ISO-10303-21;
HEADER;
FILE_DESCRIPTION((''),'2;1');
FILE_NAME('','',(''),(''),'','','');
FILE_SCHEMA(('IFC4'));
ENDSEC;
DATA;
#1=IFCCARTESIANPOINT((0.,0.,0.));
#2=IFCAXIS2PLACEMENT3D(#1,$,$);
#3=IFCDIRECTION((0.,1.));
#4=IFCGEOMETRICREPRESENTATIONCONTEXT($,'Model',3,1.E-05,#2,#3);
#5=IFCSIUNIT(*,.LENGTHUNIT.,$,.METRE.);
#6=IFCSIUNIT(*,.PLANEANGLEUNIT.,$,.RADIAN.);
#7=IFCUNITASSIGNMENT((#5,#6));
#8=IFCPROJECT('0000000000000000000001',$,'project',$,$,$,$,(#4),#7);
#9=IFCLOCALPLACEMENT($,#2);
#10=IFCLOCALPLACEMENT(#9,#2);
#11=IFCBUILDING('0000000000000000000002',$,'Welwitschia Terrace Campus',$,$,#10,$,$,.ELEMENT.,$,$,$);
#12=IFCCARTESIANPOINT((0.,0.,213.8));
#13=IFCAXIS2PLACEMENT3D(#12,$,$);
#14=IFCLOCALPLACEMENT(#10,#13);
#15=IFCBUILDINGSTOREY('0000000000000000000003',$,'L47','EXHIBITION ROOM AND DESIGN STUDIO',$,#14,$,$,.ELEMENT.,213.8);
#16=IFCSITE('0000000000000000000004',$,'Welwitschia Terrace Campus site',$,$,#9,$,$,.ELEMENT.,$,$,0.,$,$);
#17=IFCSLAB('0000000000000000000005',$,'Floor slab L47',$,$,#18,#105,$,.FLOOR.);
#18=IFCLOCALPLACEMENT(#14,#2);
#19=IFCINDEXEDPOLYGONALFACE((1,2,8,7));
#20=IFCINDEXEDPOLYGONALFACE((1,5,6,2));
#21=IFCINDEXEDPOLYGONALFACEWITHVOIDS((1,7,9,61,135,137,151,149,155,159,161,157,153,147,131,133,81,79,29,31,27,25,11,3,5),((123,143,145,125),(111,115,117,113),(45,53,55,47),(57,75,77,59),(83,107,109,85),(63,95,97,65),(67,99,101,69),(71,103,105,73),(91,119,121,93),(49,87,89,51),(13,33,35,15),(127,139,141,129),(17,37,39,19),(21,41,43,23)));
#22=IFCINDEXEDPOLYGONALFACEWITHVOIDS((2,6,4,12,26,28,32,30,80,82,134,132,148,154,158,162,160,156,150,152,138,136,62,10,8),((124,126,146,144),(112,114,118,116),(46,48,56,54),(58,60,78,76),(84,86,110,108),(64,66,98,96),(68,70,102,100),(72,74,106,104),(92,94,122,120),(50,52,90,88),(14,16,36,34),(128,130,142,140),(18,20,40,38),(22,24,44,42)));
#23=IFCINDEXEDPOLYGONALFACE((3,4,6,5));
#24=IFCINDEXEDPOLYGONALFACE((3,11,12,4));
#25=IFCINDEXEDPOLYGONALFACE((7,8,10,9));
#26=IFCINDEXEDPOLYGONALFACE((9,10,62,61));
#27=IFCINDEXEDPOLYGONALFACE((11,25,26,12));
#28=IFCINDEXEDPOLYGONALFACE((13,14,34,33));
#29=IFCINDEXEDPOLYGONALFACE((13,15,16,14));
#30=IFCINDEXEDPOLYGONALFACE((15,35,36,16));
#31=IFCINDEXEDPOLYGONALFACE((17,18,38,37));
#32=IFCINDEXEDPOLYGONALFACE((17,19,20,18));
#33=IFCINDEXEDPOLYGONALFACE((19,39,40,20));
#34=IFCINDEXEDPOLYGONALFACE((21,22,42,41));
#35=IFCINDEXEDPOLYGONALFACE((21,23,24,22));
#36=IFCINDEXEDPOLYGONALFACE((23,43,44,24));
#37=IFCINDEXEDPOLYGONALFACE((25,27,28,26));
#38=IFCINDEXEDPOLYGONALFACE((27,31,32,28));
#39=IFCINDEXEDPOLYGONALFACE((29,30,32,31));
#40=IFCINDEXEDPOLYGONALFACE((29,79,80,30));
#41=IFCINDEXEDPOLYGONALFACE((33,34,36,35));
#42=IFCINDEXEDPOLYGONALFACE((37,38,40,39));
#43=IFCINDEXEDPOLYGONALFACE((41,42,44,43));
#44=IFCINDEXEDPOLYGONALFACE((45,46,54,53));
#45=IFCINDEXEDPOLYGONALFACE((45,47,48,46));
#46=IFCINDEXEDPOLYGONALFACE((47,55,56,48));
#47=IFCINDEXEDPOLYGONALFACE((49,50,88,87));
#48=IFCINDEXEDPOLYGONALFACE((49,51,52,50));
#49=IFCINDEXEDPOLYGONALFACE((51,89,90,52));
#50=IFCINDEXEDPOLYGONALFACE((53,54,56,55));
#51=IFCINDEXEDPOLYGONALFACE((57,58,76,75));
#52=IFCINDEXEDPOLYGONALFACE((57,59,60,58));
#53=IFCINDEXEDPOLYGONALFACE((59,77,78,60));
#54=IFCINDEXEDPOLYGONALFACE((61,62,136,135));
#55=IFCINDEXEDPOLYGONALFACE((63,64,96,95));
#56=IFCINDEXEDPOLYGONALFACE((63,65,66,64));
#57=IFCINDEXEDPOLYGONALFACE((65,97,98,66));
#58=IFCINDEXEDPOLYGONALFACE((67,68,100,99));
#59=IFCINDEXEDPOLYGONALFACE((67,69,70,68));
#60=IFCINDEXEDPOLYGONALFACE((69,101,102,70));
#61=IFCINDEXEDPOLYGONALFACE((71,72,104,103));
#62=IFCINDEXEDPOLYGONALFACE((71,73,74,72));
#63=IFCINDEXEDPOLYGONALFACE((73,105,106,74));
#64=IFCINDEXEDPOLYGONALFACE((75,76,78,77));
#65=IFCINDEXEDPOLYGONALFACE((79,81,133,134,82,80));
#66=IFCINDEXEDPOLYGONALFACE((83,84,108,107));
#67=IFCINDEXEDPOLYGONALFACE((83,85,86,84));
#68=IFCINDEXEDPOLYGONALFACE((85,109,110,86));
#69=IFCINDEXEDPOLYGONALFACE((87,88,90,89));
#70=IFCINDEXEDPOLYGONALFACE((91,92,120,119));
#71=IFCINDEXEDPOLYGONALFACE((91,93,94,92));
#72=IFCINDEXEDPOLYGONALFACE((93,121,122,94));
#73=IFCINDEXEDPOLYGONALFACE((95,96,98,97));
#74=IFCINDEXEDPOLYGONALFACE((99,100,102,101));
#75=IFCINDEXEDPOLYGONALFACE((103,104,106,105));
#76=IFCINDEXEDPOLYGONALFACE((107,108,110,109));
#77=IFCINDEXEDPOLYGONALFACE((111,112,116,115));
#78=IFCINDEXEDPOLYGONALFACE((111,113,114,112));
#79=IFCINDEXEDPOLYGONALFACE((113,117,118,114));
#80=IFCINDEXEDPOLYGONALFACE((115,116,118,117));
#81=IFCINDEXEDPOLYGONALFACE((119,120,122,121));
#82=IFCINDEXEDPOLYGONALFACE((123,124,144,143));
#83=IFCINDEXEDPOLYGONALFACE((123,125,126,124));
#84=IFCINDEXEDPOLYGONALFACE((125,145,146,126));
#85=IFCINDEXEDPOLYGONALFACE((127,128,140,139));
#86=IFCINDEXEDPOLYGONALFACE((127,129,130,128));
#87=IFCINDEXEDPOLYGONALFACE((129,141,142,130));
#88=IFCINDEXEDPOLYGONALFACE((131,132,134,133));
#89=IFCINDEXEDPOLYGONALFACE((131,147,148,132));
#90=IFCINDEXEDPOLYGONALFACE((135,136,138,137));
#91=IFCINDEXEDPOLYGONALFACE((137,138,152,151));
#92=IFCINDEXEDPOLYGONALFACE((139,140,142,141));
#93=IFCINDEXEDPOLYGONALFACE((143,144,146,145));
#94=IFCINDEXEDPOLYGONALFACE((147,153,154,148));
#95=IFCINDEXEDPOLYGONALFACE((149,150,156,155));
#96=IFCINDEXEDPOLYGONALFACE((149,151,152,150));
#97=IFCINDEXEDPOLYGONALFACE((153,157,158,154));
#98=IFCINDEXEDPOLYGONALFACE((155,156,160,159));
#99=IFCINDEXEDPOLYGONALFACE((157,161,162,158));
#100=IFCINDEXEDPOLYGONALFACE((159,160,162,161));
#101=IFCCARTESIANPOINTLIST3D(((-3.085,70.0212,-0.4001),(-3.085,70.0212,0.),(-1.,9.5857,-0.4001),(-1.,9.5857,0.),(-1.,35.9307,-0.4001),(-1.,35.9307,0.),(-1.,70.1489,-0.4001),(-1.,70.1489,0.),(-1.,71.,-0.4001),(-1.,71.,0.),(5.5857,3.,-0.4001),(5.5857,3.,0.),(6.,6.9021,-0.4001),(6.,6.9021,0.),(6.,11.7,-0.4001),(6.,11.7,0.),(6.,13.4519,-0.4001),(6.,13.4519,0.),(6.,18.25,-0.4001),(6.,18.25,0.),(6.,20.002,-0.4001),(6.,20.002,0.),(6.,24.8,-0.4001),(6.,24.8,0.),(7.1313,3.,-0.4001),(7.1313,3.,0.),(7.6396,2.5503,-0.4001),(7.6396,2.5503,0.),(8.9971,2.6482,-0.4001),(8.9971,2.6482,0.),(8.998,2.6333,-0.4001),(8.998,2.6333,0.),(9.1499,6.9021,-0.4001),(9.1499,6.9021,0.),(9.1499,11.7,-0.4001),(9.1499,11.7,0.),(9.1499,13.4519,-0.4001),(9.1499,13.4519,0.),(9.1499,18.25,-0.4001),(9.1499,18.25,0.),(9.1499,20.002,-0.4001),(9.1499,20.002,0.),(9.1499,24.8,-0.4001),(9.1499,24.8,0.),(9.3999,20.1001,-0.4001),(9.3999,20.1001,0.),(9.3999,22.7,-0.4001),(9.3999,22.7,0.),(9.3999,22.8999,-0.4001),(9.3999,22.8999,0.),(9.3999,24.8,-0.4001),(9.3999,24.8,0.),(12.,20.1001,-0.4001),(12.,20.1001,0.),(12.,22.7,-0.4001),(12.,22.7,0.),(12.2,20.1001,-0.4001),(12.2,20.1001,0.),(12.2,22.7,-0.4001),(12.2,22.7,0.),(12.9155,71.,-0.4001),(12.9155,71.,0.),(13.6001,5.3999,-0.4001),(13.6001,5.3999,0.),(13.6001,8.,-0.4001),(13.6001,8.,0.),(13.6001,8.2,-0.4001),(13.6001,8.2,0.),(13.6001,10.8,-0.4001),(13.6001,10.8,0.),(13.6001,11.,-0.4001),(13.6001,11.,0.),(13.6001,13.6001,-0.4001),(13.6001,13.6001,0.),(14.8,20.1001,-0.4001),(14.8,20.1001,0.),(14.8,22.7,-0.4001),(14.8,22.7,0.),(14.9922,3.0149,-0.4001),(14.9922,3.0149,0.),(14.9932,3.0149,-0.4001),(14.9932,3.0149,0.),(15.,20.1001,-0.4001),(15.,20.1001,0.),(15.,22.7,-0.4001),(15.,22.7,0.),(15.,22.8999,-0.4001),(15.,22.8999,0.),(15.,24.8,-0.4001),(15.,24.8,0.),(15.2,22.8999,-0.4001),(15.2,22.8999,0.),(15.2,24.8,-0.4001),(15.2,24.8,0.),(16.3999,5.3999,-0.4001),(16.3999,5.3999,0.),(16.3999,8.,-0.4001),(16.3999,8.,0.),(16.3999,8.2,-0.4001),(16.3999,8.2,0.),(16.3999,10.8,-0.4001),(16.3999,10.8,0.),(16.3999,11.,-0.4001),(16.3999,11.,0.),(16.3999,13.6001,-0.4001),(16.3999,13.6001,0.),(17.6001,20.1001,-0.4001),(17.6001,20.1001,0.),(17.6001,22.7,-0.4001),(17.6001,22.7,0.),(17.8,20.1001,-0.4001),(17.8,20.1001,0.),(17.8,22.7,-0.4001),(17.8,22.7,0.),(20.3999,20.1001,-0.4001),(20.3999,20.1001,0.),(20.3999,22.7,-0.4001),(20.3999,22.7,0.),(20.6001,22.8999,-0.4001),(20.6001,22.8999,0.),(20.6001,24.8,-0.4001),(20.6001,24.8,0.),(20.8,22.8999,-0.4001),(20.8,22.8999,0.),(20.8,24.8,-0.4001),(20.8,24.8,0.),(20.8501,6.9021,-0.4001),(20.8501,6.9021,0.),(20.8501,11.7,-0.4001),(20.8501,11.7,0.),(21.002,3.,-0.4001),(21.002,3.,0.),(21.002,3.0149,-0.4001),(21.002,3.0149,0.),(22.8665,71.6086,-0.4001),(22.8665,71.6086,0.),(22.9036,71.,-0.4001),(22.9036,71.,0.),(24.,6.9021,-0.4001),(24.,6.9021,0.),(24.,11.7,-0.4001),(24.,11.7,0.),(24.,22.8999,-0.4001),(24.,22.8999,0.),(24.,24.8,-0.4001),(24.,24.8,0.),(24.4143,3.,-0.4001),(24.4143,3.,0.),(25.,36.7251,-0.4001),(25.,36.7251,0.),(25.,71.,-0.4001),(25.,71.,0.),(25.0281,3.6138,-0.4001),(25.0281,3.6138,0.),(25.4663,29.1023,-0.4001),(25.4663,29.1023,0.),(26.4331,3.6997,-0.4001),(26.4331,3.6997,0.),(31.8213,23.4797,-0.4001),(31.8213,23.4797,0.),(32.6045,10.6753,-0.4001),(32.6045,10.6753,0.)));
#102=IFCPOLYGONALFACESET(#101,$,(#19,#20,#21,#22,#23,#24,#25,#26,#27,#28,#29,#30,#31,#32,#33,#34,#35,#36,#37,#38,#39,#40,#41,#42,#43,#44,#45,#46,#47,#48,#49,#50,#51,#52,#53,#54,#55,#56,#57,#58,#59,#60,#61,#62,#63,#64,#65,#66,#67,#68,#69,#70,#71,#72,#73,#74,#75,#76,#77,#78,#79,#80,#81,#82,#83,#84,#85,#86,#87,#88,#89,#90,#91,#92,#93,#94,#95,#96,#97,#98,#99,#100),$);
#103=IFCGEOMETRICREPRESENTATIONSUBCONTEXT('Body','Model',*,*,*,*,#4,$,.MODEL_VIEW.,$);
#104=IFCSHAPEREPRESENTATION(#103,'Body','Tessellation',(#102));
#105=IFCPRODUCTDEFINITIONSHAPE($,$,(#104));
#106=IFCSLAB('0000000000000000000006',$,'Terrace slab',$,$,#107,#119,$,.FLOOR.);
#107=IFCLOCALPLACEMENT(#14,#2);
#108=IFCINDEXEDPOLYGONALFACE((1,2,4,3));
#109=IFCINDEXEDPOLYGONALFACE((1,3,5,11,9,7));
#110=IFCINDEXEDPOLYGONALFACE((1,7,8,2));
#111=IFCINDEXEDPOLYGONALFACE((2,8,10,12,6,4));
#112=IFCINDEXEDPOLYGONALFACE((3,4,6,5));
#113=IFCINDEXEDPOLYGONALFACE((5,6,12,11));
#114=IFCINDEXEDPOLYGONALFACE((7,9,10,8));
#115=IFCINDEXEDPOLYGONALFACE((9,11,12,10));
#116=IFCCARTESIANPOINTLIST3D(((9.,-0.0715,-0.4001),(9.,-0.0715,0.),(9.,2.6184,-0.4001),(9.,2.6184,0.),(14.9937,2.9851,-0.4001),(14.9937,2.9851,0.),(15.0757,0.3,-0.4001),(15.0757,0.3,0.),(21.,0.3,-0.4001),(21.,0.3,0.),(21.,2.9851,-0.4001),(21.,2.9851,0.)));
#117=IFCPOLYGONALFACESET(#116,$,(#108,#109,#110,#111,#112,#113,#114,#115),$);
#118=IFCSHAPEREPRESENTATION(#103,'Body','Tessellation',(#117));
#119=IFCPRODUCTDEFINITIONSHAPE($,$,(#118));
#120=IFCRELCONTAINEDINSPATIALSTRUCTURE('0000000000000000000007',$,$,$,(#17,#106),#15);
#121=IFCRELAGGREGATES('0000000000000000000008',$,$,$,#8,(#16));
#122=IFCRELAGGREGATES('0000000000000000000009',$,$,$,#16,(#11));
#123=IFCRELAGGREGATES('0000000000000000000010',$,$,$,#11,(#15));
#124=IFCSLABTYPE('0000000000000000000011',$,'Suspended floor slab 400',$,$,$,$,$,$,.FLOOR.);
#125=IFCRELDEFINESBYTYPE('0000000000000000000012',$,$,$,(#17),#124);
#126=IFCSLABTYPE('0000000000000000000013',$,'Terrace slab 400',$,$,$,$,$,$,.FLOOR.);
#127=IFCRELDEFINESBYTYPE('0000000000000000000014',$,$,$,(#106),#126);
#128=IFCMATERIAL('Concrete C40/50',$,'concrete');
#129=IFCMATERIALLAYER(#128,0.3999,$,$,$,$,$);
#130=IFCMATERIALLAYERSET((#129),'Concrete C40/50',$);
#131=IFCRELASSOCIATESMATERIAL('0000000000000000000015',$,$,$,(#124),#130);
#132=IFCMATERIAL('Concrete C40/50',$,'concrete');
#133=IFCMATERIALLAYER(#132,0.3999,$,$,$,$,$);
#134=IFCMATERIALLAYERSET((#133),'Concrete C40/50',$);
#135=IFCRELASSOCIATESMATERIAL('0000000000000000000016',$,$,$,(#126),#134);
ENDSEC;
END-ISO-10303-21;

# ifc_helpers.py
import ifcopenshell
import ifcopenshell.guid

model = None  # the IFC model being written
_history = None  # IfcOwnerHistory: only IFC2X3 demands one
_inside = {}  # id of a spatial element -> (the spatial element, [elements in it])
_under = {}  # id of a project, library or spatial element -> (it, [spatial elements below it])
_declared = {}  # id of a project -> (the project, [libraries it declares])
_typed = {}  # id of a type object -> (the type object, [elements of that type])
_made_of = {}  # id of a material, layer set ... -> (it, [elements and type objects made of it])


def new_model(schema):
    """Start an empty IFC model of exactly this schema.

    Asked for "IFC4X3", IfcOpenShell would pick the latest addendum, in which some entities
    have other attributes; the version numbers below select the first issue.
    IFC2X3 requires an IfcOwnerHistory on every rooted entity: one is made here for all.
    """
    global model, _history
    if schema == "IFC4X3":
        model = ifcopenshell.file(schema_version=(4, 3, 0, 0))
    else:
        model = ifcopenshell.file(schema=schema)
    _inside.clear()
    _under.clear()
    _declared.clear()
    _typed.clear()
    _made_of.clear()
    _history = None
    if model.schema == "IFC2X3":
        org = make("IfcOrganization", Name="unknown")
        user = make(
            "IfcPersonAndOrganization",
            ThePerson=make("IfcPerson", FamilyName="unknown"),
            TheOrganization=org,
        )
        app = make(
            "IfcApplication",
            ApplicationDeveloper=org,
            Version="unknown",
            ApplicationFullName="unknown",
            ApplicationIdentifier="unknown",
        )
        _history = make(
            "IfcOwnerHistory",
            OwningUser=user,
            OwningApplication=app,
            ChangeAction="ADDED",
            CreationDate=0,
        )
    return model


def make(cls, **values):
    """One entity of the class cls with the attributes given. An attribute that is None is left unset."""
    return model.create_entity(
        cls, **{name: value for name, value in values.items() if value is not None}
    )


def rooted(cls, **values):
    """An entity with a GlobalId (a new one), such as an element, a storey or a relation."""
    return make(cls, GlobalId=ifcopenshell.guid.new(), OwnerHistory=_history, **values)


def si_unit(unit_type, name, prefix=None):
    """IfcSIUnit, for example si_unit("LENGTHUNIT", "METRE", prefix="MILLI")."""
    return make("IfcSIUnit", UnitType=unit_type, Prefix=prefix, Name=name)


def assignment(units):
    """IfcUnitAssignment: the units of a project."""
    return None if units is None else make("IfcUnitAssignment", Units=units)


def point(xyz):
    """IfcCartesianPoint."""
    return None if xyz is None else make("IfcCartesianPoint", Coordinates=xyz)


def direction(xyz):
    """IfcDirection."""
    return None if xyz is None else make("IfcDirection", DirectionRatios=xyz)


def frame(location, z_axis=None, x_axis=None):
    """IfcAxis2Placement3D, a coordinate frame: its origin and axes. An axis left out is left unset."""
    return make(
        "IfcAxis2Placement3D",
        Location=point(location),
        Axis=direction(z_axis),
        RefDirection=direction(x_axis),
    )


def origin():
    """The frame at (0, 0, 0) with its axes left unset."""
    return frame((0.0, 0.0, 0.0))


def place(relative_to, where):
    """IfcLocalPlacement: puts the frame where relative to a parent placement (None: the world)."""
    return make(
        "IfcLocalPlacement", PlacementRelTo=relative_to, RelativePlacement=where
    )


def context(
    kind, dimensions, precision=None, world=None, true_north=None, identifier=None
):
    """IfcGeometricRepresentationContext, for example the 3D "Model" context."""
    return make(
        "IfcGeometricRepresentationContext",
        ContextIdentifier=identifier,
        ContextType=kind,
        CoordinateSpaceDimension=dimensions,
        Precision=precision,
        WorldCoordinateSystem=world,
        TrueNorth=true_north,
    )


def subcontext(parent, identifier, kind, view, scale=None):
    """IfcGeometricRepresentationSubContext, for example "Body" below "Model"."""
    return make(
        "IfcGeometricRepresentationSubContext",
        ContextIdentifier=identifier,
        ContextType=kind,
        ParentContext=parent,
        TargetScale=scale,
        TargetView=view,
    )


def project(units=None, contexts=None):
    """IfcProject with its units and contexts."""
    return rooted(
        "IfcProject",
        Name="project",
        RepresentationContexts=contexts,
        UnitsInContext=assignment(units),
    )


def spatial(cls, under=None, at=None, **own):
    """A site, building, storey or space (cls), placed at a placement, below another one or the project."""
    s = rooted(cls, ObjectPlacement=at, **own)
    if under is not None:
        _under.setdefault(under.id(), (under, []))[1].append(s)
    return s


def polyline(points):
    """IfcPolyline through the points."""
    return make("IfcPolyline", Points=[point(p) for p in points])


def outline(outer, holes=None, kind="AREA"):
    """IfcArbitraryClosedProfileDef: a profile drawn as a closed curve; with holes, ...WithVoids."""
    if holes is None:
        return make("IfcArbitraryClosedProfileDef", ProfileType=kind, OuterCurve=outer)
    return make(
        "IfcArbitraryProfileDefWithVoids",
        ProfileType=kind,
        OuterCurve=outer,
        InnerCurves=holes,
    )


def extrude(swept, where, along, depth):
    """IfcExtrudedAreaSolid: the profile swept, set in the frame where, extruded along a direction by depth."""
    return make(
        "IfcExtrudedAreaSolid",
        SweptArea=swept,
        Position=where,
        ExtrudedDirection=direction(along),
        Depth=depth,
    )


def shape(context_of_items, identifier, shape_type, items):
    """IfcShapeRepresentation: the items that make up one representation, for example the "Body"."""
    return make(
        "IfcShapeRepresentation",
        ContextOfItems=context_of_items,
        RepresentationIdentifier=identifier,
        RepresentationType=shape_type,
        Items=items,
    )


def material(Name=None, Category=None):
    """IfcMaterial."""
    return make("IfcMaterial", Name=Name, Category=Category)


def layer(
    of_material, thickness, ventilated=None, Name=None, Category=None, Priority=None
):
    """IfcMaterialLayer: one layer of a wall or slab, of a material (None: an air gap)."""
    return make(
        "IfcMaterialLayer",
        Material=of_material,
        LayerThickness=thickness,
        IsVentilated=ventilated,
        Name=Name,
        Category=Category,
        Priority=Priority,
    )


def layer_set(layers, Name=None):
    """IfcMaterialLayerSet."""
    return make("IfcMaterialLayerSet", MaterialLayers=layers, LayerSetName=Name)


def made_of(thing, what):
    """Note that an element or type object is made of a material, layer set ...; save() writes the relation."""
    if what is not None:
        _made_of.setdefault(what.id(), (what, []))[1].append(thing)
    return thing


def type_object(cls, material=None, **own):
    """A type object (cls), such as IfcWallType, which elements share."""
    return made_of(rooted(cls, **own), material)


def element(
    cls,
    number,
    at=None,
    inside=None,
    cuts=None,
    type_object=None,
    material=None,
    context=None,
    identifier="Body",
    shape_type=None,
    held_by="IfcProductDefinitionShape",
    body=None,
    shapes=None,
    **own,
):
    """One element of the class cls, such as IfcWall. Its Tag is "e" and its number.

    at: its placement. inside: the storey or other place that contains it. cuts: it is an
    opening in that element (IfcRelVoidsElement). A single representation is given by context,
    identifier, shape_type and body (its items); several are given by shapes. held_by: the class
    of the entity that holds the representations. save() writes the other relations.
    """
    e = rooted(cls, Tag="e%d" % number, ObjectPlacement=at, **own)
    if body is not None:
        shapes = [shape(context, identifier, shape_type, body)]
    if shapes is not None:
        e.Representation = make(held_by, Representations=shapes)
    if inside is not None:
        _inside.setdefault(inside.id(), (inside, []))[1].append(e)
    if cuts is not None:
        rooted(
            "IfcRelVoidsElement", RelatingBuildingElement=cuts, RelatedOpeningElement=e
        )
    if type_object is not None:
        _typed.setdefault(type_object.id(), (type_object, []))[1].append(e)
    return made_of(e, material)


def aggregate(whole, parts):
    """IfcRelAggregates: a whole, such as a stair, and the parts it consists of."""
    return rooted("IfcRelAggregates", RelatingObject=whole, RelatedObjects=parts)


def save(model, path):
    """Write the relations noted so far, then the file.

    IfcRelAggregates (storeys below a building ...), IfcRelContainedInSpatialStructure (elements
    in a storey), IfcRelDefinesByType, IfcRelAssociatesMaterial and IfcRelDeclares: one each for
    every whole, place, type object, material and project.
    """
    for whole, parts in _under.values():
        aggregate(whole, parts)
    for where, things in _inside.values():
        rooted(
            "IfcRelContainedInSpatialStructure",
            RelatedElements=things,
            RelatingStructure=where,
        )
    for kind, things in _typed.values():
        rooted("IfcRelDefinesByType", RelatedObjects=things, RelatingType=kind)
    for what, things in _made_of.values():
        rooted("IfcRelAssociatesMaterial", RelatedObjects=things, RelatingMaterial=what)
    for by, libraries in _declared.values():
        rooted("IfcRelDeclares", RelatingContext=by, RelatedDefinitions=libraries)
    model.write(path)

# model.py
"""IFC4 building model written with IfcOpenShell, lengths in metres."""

from ifc_helpers import new_model, si_unit, direction, frame, origin, place, context, subcontext, project, spatial, polyline, outline, extrude, material, layer, layer_set, type_object, element, save


model = new_model("IFC4")

# Units and contexts
model_context = context("Model", 3, precision=1e-05, world=origin(), true_north=direction((0.0, 1.0)))
body_context = subcontext(model_context, "Body", "Model", "MODEL_VIEW")
ifc_project = project(units=[si_unit("LENGTHUNIT", "METRE"), si_unit("PLANEANGLEUNIT", "RADIAN")], contexts=[model_context])

# Site, building, storey
site_placement = place(None, origin())
site = spatial("IfcSite", under=ifc_project, at=site_placement, Name="Welwitschia Terrace Campus site", CompositionType="ELEMENT", RefElevation=0.0)
building_placement = place(site_placement, origin())
building = spatial("IfcBuilding", under=site, at=building_placement, Name="Welwitschia Terrace Campus", CompositionType="ELEMENT")
storey_placement = place(building_placement, frame((0.0, 0.0, 213.8)))
storey = spatial("IfcBuildingStorey", under=building, at=storey_placement, Name="L47", Description="EXHIBITION ROOM AND DESIGN STUDIO", CompositionType="ELEMENT", Elevation=213.8)

# Slabs
ifc_material_1 = material(Name="Concrete C40/50", Category="concrete")
ifc_layer_1 = layer(ifc_material_1, 0.3999)
ifc_layer_set_1 = layer_set([ifc_layer_1], Name="Concrete C40/50")
slab_type_1 = type_object("IfcSlabType", Name="Suspended floor slab 400", PredefinedType="FLOOR", material=ifc_layer_set_1)
slab_1_placement = place(storey_placement, frame((0.0, 0.0, -0.4001)))
element("IfcSlab", 1, at=slab_1_placement, inside=storey, type_object=slab_type_1, Name="Floor slab L47", PredefinedType="FLOOR", context=body_context, shape_type="SweptSolid", body=[
    extrude(outline(polyline([(-1.0, 70.1489), (-1.0, 71.0), (12.9155, 71.0), (22.8665, 71.6086), (22.9036, 71.0), (25.0, 71.0), (25.0, 36.7251), (25.4663, 29.1023), (31.8213, 23.4797), (32.6045, 10.6753), (26.4331, 3.6997), (25.0281, 3.6138), (24.4143, 3.0), (21.002, 3.0), (21.002, 3.0149), (14.9932, 3.0149), (14.9922, 3.0149), (8.9971, 2.6482), (8.998, 2.6333), (7.6396, 2.5503), (7.1313, 3.0), (5.5857, 3.0), (-1.0, 9.5857), (-1.0, 35.9307), (-3.085, 70.0212), (-1.0, 70.1489)]), holes=[polyline([(13.6001, 5.3999), (16.3999, 5.3999), (16.3999, 8.0), (13.6001, 8.0), (13.6001, 5.3999)]), polyline([(6.0, 11.7), (6.0, 6.9021), (9.1499, 6.9021), (9.1499, 11.7), (6.0, 11.7)]), polyline([(6.0, 18.25), (6.0, 13.4519), (9.1499, 13.4519), (9.1499, 18.25), (6.0, 18.25)]), polyline([(9.3999, 22.7), (9.3999, 20.1001), (12.0, 20.1001), (12.0, 22.7), (9.3999, 22.7)]), polyline([(12.2, 22.7), (12.2, 20.1001), (14.8, 20.1001), (14.8, 22.7), (12.2, 22.7)]), polyline([(6.0, 24.8), (6.0, 20.002), (9.1499, 20.002), (9.1499, 24.8), (6.0, 24.8)]), polyline([(9.3999, 24.8), (9.3999, 22.8999), (15.0, 22.8999), (15.0, 24.8), (9.3999, 24.8)]), polyline([(20.8501, 6.9021), (24.0, 6.9021), (24.0, 11.7), (20.8501, 11.7), (20.8501, 6.9021)]), polyline([(13.6001, 10.8), (13.6001, 8.2), (16.3999, 8.2), (16.3999, 10.8), (13.6001, 10.8)]), polyline([(13.6001, 13.6001), (13.6001, 11.0), (16.3999, 11.0), (16.3999, 13.6001), (13.6001, 13.6001)]), polyline([(15.0, 22.7), (15.0, 20.1001), (17.6001, 20.1001), (17.6001, 22.7), (15.0, 22.7)]), polyline([(17.8, 22.7), (17.8, 20.1001), (20.3999, 20.1001), (20.3999, 22.7), (17.8, 22.7)]), polyline([(15.2, 24.8), (15.2, 22.8999), (20.6001, 22.8999), (20.6001, 24.8), (15.2, 24.8)]), polyline([(20.8, 24.8), (20.8, 22.8999), (24.0, 22.8999), (24.0, 24.8), (20.8, 24.8)])]), origin(), (0.0, 0.0, 1.0), 0.4001),
])
ifc_material_2 = material(Name="Concrete C40/50", Category="concrete")
ifc_layer_2 = layer(ifc_material_2, 0.3999)
ifc_layer_set_2 = layer_set([ifc_layer_2], Name="Concrete C40/50")
slab_type_2 = type_object("IfcSlabType", Name="Terrace slab 400", PredefinedType="FLOOR", material=ifc_layer_set_2)
slab_2_placement = place(storey_placement, frame((0.0, 0.0, -0.4001)))
element("IfcSlab", 2, at=slab_2_placement, inside=storey, type_object=slab_type_2, Name="Terrace slab", PredefinedType="FLOOR", context=body_context, shape_type="SweptSolid", body=[
    extrude(outline(polyline([(21.0, 0.3), (15.0757, 0.3), (9.0, -0.0715), (9.0, 2.6184), (14.9937, 2.9851), (21.0, 2.9851), (21.0, 0.3)])), origin(), (0.0, 0.0, 1.0), 0.4001),
])

save(model, "model.ifc")
